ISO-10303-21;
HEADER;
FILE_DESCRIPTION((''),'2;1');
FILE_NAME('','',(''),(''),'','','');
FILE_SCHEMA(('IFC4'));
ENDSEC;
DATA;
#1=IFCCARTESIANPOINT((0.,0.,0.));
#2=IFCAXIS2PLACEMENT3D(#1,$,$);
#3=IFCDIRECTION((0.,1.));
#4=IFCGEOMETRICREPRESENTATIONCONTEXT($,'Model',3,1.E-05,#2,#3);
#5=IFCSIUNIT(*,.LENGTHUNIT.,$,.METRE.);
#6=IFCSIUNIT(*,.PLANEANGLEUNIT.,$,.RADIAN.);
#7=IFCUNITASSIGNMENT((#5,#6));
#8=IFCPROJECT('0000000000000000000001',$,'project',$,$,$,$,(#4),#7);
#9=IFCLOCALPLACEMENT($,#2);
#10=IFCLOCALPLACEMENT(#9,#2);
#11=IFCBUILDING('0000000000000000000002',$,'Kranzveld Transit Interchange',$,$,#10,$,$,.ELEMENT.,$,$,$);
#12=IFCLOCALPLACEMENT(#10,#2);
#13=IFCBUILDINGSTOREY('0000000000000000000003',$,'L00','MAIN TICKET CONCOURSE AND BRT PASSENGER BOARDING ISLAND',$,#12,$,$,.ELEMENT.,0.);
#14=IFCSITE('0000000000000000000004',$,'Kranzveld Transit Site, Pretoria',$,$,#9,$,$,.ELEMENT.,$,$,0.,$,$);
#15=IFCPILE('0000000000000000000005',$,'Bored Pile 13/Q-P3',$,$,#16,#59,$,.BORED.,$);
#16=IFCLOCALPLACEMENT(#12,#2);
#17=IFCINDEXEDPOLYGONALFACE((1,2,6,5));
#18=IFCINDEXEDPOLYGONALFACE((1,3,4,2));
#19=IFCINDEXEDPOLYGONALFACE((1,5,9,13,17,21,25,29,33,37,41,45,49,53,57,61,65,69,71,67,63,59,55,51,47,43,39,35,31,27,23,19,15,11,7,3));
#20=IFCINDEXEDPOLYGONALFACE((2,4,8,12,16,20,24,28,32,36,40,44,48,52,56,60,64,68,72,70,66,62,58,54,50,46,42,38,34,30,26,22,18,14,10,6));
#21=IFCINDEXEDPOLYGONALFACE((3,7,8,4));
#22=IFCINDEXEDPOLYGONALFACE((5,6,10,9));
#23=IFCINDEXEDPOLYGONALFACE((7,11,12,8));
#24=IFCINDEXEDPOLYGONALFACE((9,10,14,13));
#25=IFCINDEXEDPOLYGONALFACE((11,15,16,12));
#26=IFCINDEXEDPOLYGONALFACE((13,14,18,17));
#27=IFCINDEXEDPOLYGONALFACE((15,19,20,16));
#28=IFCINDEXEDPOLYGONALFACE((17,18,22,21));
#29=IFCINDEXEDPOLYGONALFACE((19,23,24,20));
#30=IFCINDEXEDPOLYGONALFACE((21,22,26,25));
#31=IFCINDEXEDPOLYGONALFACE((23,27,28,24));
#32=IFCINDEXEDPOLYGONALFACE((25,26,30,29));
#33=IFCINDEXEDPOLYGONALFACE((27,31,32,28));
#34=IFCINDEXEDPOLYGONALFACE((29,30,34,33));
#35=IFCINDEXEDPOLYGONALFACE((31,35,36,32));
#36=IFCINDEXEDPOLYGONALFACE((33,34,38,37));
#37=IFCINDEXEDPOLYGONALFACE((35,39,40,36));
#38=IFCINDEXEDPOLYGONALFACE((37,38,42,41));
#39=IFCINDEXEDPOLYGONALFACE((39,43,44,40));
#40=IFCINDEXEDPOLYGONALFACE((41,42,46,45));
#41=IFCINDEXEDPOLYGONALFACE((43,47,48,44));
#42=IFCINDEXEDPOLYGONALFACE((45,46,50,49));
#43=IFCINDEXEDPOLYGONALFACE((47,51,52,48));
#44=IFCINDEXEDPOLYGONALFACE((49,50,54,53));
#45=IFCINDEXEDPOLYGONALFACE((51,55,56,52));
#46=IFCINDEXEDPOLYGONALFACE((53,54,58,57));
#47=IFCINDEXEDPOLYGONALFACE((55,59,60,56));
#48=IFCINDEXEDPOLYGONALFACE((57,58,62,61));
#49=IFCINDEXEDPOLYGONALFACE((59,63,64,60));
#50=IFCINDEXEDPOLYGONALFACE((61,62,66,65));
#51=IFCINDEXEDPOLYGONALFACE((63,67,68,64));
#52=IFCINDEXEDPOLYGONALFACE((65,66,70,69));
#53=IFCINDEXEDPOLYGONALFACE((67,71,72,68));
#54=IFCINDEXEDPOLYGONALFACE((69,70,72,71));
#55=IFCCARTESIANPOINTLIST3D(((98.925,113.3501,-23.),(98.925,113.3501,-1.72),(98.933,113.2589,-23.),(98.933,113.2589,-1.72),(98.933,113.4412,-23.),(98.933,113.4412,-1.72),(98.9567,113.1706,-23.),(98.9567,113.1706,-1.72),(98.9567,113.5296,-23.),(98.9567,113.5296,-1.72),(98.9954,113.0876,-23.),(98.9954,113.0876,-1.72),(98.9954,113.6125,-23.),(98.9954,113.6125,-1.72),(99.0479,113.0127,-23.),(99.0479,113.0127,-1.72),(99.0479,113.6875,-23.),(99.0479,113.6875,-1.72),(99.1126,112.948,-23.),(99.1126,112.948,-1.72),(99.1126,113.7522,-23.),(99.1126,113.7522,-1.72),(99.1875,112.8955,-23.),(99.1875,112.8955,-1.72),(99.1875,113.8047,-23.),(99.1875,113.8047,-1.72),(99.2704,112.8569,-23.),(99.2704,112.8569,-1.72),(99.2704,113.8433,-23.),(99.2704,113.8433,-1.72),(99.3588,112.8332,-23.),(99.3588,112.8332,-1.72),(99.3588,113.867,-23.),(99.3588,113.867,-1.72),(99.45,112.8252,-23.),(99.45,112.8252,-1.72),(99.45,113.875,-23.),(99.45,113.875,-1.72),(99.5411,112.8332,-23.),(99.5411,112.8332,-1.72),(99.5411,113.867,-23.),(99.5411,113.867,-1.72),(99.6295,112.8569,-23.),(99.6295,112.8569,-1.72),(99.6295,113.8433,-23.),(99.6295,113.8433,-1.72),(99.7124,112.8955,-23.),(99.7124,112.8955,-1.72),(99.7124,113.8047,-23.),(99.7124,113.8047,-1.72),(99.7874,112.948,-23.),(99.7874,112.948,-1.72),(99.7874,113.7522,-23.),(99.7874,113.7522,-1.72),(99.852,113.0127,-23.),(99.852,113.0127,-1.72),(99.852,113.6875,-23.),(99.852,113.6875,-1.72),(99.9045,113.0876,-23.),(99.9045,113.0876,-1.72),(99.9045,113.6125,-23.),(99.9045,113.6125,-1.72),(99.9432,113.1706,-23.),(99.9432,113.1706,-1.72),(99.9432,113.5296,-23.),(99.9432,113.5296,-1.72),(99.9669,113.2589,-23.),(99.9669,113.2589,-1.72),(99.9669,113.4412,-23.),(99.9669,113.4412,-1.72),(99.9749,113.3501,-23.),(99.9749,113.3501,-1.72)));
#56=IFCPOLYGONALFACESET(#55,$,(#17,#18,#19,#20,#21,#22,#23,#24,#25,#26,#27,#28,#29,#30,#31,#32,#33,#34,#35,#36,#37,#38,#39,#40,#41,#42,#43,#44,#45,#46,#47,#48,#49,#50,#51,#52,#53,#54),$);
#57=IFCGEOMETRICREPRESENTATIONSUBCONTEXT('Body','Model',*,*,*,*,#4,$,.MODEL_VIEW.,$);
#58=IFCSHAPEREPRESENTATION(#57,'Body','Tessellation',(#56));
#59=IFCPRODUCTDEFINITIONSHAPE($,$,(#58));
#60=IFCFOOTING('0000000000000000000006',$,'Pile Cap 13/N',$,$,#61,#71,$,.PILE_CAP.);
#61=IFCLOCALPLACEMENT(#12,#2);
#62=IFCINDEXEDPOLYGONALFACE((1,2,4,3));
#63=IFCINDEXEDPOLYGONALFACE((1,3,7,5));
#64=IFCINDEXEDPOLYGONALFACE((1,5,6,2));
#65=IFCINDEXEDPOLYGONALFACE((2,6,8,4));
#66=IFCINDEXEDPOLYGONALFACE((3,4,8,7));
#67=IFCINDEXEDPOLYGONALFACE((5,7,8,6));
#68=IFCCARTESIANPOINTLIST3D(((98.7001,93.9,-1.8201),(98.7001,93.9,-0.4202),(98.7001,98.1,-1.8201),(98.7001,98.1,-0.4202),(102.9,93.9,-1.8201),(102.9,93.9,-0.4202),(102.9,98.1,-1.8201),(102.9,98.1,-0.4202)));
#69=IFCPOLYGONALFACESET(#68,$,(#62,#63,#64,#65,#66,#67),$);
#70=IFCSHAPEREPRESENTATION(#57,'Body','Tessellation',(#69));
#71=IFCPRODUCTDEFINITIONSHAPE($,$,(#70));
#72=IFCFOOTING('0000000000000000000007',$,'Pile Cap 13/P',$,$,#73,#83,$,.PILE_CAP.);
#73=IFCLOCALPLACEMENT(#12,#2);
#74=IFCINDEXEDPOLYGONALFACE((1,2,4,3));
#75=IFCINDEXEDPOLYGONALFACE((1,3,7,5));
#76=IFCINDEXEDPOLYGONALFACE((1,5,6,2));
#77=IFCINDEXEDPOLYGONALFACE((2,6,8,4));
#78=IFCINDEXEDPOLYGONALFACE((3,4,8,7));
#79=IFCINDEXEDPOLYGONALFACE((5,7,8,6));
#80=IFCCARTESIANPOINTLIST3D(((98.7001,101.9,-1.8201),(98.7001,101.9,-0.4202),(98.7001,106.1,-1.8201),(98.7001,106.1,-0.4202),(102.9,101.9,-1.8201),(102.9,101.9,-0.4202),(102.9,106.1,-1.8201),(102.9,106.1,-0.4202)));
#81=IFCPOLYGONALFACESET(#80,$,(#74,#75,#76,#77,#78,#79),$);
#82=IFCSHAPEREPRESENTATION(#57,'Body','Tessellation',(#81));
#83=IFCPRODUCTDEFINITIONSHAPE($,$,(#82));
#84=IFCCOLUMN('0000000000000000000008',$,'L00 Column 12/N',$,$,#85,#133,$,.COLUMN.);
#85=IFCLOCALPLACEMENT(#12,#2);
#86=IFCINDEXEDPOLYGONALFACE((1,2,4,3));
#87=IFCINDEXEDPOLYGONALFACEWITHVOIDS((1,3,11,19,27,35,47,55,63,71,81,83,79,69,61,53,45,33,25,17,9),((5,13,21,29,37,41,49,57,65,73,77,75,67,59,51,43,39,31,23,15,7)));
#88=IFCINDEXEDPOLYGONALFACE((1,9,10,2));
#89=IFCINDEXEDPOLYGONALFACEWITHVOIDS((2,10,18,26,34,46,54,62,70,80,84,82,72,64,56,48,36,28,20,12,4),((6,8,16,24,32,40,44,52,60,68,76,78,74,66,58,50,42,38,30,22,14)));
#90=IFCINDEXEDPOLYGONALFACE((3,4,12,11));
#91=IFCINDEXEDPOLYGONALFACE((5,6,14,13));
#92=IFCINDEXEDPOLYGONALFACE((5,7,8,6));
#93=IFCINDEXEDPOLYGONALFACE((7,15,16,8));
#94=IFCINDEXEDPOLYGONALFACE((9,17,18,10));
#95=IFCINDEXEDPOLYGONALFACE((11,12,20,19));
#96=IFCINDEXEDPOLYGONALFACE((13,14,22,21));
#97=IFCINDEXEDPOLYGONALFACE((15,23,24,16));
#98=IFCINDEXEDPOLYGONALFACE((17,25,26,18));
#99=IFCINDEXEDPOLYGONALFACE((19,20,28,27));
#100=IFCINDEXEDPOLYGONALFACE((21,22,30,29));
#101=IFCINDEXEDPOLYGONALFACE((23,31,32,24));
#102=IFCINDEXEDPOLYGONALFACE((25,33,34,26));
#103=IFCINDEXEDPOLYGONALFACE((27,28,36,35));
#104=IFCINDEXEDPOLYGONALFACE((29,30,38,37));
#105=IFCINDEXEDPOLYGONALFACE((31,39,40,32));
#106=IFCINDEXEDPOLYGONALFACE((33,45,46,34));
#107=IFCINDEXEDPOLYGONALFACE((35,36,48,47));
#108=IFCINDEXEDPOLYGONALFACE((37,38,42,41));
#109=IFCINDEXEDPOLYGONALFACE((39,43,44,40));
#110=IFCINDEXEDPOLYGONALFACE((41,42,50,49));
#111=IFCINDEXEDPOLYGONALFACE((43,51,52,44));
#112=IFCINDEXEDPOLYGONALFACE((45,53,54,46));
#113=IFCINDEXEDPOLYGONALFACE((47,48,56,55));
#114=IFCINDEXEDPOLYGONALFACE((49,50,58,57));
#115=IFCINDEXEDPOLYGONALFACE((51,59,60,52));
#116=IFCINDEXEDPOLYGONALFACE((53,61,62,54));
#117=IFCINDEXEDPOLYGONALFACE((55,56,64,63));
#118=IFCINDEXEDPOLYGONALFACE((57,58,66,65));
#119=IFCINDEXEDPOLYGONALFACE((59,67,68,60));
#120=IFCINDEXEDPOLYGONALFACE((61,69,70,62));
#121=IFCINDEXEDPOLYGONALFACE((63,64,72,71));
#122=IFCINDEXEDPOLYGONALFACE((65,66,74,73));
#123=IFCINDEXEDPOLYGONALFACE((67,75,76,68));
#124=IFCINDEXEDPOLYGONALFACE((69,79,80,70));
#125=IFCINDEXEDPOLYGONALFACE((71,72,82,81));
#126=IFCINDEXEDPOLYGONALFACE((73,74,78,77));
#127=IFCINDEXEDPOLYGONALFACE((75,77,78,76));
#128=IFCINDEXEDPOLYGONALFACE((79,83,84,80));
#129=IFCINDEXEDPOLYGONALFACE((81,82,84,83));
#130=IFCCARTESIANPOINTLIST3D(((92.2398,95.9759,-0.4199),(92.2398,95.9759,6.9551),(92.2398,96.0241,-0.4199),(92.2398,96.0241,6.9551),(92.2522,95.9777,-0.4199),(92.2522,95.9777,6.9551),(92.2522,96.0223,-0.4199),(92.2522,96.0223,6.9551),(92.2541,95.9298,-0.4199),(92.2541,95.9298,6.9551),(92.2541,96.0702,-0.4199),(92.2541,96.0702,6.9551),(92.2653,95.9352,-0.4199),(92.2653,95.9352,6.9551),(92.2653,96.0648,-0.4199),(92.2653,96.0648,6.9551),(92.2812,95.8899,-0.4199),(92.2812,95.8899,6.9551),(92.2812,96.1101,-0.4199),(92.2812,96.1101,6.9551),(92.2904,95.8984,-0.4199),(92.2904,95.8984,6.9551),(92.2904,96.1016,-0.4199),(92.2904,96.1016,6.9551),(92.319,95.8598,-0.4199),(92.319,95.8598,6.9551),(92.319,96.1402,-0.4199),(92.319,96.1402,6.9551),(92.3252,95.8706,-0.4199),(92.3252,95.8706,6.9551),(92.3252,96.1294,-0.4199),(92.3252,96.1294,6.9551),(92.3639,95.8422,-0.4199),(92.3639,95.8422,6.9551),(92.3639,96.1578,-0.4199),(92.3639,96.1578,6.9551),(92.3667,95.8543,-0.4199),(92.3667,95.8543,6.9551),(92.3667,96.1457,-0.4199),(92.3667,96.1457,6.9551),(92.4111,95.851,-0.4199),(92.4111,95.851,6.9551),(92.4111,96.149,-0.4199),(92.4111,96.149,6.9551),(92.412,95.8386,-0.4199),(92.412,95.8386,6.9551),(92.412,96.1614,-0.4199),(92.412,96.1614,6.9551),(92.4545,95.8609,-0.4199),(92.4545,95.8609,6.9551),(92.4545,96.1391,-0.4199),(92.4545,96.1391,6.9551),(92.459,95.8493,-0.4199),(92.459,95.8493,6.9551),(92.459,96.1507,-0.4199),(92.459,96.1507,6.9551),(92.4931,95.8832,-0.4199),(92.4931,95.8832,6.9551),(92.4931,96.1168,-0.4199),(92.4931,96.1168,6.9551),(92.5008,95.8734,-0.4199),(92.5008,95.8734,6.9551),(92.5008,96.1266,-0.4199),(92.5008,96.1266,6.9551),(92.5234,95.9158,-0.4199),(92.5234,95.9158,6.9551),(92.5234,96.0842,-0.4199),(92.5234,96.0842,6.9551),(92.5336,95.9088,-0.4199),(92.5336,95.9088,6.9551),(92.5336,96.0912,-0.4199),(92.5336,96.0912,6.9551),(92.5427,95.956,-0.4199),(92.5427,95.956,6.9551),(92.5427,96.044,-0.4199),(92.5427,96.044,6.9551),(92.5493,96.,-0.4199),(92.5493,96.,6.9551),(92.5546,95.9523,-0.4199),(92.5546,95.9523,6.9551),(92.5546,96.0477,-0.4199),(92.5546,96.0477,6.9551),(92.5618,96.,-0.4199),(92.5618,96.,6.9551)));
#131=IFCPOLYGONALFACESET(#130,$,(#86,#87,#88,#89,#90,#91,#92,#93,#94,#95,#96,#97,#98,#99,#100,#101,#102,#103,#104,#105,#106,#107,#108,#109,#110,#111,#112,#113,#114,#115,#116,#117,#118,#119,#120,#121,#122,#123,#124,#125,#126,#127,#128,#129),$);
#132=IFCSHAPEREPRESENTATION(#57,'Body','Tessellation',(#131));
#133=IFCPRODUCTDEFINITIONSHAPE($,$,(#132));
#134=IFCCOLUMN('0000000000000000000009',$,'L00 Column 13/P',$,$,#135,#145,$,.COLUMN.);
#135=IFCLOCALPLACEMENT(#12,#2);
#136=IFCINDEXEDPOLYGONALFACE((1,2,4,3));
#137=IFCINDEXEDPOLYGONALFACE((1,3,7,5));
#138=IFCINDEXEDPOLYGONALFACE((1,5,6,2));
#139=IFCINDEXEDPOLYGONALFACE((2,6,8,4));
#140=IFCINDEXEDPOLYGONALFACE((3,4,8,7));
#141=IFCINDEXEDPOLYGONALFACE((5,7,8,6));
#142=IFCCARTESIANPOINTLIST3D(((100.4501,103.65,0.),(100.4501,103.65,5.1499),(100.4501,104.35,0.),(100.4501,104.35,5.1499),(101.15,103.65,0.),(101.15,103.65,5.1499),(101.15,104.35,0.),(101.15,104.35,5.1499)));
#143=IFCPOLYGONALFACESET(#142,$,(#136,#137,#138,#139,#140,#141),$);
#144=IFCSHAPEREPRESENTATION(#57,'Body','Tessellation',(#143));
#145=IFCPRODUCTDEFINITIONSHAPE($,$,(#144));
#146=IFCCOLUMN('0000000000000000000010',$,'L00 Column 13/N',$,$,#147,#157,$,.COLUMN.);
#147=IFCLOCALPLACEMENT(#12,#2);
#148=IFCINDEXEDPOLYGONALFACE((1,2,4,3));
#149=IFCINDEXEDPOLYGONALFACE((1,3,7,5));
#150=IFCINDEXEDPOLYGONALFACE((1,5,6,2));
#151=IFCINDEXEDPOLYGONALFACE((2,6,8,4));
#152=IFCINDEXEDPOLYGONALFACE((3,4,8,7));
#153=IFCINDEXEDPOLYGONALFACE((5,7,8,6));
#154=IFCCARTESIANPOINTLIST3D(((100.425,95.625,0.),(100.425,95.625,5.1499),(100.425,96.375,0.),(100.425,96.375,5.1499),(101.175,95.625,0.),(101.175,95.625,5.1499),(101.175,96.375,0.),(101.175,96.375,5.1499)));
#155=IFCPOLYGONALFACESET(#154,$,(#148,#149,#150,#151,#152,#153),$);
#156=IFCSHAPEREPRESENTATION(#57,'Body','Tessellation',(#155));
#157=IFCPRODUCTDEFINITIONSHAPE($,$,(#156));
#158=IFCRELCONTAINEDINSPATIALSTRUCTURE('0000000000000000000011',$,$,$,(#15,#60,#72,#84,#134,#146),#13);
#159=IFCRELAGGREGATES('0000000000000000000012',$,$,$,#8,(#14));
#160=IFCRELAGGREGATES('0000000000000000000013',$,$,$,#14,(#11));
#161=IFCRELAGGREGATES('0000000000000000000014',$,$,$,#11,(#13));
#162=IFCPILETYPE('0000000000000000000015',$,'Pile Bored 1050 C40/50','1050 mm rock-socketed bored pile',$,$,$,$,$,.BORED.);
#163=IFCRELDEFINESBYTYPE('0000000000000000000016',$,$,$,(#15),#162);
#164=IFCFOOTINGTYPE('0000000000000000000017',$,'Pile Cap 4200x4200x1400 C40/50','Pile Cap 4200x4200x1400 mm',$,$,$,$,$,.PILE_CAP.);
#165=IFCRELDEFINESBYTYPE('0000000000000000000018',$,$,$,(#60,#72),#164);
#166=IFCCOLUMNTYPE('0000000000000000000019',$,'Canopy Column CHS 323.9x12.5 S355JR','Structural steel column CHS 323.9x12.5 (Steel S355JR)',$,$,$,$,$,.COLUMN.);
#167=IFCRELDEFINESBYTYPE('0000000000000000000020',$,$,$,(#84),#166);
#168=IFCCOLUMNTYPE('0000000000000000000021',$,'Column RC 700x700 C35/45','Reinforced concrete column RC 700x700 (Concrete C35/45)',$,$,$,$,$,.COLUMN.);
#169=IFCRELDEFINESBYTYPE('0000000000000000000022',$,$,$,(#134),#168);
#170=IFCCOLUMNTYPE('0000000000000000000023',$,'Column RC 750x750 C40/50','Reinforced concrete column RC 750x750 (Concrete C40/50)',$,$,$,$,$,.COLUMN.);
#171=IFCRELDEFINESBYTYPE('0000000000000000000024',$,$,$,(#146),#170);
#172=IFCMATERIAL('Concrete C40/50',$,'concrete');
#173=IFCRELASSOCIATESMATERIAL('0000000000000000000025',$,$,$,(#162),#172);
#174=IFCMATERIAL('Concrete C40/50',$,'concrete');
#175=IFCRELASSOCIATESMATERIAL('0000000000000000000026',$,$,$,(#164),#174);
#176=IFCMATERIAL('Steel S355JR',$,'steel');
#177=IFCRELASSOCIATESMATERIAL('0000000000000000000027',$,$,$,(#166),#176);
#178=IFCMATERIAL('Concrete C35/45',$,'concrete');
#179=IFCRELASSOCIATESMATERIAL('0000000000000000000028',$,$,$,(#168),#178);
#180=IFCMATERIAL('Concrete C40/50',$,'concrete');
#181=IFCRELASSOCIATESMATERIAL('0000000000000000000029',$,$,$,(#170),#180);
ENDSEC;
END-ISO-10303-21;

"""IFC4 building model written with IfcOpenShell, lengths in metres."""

from ifc_helpers import new_model, si_unit, direction, frame, origin, origin_2d, place, context, subcontext, project, spatial, rectangle, circle, hollow_circle, extrude, material, material_profile, profile_set, type_object, element, save


model = new_model("IFC4")

# Units and contexts
model_context = context("Model", 3, precision=1e-05, world=origin(), true_north=direction((0.0, 1.0)))
body_context = subcontext(model_context, "Body", "Model", "MODEL_VIEW")
ifc_project = project(units=[si_unit("LENGTHUNIT", "METRE"), si_unit("PLANEANGLEUNIT", "RADIAN")], contexts=[model_context])

# Site, building, storey
site_placement = place(None, origin())
site = spatial("IfcSite", under=ifc_project, at=site_placement, Name="Kranzveld Transit Site, Pretoria", CompositionType="ELEMENT", RefElevation=0.0)
building_placement = place(site_placement, origin())
building = spatial("IfcBuilding", under=site, at=building_placement, Name="Kranzveld Transit Interchange", CompositionType="ELEMENT")
storey_placement = place(building_placement, origin())
storey = spatial("IfcBuildingStorey", under=building, at=storey_placement, Name="L00", Description="MAIN TICKET CONCOURSE AND BRT PASSENGER BOARDING ISLAND", CompositionType="ELEMENT", Elevation=0.0)

# Pile
ifc_material_1 = material(Name="Concrete C40/50", Category="concrete")
ifc_material_profile_1 = material_profile(ifc_material_1, circle(Radius=0.5249, at=origin_2d()), Name="BORED PILE 1050")
ifc_profile_set_1 = profile_set([ifc_material_profile_1], Name="Concrete C40/50")
pile_type = type_object("IfcPileType", Name="Pile Bored 1050 C40/50", Description="1050 mm rock-socketed bored pile", PredefinedType="BORED", material=ifc_profile_set_1)
for number, where, z_axis, x_axis, name in (
    (1, (99.45, 113.3501, -1.72), (0.0, 0.0, -1.0), (1.0, 0.0, 0.0), "Bored Pile 13/Q-P3"),
):
    element("IfcPile", number, at=place(storey_placement, frame(where, z_axis=z_axis, x_axis=x_axis)), inside=storey, type_object=pile_type, Name=name, PredefinedType="BORED", context=body_context, shape_type="SweptSolid", body=[
        extrude(circle(Radius=0.5249, at=origin_2d()), origin(), (0.0, 0.0, 1.0), 21.28),
    ])

# Footings
ifc_material_2 = material(Name="Concrete C40/50", Category="concrete")
footing_type_1 = type_object("IfcFootingType", Name="Pile Cap 4200x4200x1400 C40/50", Description="Pile Cap 4200x4200x1400 mm", PredefinedType="PILE_CAP", material=ifc_material_2)
for number, where, z_axis, x_axis, name in (
    (2, (100.8, 96.0, -1.8201), (0.0, 0.0, 1.0), (1.0, 0.0, 0.0), "Pile Cap 13/N"),
    (3, (100.8, 104.0, -1.8201), (0.0, 0.0, 1.0), (1.0, 0.0, 0.0), "Pile Cap 13/P"),
):
    element("IfcFooting", number, at=place(storey_placement, frame(where, z_axis=z_axis, x_axis=x_axis)), inside=storey, type_object=footing_type_1, Name=name, PredefinedType="PILE_CAP", context=body_context, shape_type="SweptSolid", body=[
        extrude(rectangle(XDim=4.2, YDim=4.2, at=origin_2d()), origin(), (0.0, 0.0, 1.0), 1.3999),
    ])

# Columns
ifc_material_3 = material(Name="Steel S355JR", Category="steel")
ifc_material_profile_2 = material_profile(ifc_material_3, hollow_circle(Radius=0.1619, WallThickness=0.0125, at=origin_2d()), Name="CHS 323.9x12.5")
ifc_profile_set_2 = profile_set([ifc_material_profile_2], Name="Steel S355JR")
column_type_1 = type_object("IfcColumnType", Name="Canopy Column CHS 323.9x12.5 S355JR", Description="Structural steel column CHS 323.9x12.5 (Steel S355JR)", PredefinedType="COLUMN", material=ifc_profile_set_2)
column_1_placement = place(storey_placement, frame((92.3999, 96.0, -0.4199), z_axis=(0.0, 0.0, 1.0), x_axis=(1.0, 0.0, 0.0)))
element("IfcColumn", 4, at=column_1_placement, inside=storey, type_object=column_type_1, Name="L00 Column 12/N", PredefinedType="COLUMN", context=body_context, shape_type="SweptSolid", body=[
    extrude(hollow_circle(Radius=0.1619, WallThickness=0.0125, at=origin_2d()), origin(), (0.0, 0.0, 1.0), 7.375),
])
ifc_material_4 = material(Name="Concrete C35/45", Category="concrete")
ifc_material_profile_3 = material_profile(ifc_material_4, rectangle(XDim=0.7, YDim=0.7, at=origin_2d()), Name="RC 700x700")
ifc_profile_set_3 = profile_set([ifc_material_profile_3], Name="Concrete C35/45")
column_type_2 = type_object("IfcColumnType", Name="Column RC 700x700 C35/45", Description="Reinforced concrete column RC 700x700 (Concrete C35/45)", PredefinedType="COLUMN", material=ifc_profile_set_3)
column_2_placement = place(storey_placement, frame((100.8, 104.0, 0.0), z_axis=(0.0, 0.0, 1.0), x_axis=(1.0, 0.0, 0.0)))
element("IfcColumn", 5, at=column_2_placement, inside=storey, type_object=column_type_2, Name="L00 Column 13/P", PredefinedType="COLUMN", context=body_context, shape_type="SweptSolid", body=[
    extrude(rectangle(XDim=0.7, YDim=0.7, at=origin_2d()), origin(), (0.0, 0.0, 1.0), 5.1499),
])
ifc_material_5 = material(Name="Concrete C40/50", Category="concrete")
ifc_material_profile_4 = material_profile(ifc_material_5, rectangle(XDim=0.75, YDim=0.75, at=origin_2d()), Name="RC 750x750")
ifc_profile_set_4 = profile_set([ifc_material_profile_4], Name="Concrete C40/50")
column_type_3 = type_object("IfcColumnType", Name="Column RC 750x750 C40/50", Description="Reinforced concrete column RC 750x750 (Concrete C40/50)", PredefinedType="COLUMN", material=ifc_profile_set_4)
column_3_placement = place(storey_placement, frame((100.8, 96.0, 0.0), z_axis=(0.0, 0.0, 1.0), x_axis=(1.0, 0.0, 0.0)))
element("IfcColumn", 6, at=column_3_placement, inside=storey, type_object=column_type_3, Name="L00 Column 13/N", PredefinedType="COLUMN", context=body_context, shape_type="SweptSolid", body=[
    extrude(rectangle(XDim=0.75, YDim=0.75, at=origin_2d()), origin(), (0.0, 0.0, 1.0), 5.1499),
])

save(model, "model.ifc")
